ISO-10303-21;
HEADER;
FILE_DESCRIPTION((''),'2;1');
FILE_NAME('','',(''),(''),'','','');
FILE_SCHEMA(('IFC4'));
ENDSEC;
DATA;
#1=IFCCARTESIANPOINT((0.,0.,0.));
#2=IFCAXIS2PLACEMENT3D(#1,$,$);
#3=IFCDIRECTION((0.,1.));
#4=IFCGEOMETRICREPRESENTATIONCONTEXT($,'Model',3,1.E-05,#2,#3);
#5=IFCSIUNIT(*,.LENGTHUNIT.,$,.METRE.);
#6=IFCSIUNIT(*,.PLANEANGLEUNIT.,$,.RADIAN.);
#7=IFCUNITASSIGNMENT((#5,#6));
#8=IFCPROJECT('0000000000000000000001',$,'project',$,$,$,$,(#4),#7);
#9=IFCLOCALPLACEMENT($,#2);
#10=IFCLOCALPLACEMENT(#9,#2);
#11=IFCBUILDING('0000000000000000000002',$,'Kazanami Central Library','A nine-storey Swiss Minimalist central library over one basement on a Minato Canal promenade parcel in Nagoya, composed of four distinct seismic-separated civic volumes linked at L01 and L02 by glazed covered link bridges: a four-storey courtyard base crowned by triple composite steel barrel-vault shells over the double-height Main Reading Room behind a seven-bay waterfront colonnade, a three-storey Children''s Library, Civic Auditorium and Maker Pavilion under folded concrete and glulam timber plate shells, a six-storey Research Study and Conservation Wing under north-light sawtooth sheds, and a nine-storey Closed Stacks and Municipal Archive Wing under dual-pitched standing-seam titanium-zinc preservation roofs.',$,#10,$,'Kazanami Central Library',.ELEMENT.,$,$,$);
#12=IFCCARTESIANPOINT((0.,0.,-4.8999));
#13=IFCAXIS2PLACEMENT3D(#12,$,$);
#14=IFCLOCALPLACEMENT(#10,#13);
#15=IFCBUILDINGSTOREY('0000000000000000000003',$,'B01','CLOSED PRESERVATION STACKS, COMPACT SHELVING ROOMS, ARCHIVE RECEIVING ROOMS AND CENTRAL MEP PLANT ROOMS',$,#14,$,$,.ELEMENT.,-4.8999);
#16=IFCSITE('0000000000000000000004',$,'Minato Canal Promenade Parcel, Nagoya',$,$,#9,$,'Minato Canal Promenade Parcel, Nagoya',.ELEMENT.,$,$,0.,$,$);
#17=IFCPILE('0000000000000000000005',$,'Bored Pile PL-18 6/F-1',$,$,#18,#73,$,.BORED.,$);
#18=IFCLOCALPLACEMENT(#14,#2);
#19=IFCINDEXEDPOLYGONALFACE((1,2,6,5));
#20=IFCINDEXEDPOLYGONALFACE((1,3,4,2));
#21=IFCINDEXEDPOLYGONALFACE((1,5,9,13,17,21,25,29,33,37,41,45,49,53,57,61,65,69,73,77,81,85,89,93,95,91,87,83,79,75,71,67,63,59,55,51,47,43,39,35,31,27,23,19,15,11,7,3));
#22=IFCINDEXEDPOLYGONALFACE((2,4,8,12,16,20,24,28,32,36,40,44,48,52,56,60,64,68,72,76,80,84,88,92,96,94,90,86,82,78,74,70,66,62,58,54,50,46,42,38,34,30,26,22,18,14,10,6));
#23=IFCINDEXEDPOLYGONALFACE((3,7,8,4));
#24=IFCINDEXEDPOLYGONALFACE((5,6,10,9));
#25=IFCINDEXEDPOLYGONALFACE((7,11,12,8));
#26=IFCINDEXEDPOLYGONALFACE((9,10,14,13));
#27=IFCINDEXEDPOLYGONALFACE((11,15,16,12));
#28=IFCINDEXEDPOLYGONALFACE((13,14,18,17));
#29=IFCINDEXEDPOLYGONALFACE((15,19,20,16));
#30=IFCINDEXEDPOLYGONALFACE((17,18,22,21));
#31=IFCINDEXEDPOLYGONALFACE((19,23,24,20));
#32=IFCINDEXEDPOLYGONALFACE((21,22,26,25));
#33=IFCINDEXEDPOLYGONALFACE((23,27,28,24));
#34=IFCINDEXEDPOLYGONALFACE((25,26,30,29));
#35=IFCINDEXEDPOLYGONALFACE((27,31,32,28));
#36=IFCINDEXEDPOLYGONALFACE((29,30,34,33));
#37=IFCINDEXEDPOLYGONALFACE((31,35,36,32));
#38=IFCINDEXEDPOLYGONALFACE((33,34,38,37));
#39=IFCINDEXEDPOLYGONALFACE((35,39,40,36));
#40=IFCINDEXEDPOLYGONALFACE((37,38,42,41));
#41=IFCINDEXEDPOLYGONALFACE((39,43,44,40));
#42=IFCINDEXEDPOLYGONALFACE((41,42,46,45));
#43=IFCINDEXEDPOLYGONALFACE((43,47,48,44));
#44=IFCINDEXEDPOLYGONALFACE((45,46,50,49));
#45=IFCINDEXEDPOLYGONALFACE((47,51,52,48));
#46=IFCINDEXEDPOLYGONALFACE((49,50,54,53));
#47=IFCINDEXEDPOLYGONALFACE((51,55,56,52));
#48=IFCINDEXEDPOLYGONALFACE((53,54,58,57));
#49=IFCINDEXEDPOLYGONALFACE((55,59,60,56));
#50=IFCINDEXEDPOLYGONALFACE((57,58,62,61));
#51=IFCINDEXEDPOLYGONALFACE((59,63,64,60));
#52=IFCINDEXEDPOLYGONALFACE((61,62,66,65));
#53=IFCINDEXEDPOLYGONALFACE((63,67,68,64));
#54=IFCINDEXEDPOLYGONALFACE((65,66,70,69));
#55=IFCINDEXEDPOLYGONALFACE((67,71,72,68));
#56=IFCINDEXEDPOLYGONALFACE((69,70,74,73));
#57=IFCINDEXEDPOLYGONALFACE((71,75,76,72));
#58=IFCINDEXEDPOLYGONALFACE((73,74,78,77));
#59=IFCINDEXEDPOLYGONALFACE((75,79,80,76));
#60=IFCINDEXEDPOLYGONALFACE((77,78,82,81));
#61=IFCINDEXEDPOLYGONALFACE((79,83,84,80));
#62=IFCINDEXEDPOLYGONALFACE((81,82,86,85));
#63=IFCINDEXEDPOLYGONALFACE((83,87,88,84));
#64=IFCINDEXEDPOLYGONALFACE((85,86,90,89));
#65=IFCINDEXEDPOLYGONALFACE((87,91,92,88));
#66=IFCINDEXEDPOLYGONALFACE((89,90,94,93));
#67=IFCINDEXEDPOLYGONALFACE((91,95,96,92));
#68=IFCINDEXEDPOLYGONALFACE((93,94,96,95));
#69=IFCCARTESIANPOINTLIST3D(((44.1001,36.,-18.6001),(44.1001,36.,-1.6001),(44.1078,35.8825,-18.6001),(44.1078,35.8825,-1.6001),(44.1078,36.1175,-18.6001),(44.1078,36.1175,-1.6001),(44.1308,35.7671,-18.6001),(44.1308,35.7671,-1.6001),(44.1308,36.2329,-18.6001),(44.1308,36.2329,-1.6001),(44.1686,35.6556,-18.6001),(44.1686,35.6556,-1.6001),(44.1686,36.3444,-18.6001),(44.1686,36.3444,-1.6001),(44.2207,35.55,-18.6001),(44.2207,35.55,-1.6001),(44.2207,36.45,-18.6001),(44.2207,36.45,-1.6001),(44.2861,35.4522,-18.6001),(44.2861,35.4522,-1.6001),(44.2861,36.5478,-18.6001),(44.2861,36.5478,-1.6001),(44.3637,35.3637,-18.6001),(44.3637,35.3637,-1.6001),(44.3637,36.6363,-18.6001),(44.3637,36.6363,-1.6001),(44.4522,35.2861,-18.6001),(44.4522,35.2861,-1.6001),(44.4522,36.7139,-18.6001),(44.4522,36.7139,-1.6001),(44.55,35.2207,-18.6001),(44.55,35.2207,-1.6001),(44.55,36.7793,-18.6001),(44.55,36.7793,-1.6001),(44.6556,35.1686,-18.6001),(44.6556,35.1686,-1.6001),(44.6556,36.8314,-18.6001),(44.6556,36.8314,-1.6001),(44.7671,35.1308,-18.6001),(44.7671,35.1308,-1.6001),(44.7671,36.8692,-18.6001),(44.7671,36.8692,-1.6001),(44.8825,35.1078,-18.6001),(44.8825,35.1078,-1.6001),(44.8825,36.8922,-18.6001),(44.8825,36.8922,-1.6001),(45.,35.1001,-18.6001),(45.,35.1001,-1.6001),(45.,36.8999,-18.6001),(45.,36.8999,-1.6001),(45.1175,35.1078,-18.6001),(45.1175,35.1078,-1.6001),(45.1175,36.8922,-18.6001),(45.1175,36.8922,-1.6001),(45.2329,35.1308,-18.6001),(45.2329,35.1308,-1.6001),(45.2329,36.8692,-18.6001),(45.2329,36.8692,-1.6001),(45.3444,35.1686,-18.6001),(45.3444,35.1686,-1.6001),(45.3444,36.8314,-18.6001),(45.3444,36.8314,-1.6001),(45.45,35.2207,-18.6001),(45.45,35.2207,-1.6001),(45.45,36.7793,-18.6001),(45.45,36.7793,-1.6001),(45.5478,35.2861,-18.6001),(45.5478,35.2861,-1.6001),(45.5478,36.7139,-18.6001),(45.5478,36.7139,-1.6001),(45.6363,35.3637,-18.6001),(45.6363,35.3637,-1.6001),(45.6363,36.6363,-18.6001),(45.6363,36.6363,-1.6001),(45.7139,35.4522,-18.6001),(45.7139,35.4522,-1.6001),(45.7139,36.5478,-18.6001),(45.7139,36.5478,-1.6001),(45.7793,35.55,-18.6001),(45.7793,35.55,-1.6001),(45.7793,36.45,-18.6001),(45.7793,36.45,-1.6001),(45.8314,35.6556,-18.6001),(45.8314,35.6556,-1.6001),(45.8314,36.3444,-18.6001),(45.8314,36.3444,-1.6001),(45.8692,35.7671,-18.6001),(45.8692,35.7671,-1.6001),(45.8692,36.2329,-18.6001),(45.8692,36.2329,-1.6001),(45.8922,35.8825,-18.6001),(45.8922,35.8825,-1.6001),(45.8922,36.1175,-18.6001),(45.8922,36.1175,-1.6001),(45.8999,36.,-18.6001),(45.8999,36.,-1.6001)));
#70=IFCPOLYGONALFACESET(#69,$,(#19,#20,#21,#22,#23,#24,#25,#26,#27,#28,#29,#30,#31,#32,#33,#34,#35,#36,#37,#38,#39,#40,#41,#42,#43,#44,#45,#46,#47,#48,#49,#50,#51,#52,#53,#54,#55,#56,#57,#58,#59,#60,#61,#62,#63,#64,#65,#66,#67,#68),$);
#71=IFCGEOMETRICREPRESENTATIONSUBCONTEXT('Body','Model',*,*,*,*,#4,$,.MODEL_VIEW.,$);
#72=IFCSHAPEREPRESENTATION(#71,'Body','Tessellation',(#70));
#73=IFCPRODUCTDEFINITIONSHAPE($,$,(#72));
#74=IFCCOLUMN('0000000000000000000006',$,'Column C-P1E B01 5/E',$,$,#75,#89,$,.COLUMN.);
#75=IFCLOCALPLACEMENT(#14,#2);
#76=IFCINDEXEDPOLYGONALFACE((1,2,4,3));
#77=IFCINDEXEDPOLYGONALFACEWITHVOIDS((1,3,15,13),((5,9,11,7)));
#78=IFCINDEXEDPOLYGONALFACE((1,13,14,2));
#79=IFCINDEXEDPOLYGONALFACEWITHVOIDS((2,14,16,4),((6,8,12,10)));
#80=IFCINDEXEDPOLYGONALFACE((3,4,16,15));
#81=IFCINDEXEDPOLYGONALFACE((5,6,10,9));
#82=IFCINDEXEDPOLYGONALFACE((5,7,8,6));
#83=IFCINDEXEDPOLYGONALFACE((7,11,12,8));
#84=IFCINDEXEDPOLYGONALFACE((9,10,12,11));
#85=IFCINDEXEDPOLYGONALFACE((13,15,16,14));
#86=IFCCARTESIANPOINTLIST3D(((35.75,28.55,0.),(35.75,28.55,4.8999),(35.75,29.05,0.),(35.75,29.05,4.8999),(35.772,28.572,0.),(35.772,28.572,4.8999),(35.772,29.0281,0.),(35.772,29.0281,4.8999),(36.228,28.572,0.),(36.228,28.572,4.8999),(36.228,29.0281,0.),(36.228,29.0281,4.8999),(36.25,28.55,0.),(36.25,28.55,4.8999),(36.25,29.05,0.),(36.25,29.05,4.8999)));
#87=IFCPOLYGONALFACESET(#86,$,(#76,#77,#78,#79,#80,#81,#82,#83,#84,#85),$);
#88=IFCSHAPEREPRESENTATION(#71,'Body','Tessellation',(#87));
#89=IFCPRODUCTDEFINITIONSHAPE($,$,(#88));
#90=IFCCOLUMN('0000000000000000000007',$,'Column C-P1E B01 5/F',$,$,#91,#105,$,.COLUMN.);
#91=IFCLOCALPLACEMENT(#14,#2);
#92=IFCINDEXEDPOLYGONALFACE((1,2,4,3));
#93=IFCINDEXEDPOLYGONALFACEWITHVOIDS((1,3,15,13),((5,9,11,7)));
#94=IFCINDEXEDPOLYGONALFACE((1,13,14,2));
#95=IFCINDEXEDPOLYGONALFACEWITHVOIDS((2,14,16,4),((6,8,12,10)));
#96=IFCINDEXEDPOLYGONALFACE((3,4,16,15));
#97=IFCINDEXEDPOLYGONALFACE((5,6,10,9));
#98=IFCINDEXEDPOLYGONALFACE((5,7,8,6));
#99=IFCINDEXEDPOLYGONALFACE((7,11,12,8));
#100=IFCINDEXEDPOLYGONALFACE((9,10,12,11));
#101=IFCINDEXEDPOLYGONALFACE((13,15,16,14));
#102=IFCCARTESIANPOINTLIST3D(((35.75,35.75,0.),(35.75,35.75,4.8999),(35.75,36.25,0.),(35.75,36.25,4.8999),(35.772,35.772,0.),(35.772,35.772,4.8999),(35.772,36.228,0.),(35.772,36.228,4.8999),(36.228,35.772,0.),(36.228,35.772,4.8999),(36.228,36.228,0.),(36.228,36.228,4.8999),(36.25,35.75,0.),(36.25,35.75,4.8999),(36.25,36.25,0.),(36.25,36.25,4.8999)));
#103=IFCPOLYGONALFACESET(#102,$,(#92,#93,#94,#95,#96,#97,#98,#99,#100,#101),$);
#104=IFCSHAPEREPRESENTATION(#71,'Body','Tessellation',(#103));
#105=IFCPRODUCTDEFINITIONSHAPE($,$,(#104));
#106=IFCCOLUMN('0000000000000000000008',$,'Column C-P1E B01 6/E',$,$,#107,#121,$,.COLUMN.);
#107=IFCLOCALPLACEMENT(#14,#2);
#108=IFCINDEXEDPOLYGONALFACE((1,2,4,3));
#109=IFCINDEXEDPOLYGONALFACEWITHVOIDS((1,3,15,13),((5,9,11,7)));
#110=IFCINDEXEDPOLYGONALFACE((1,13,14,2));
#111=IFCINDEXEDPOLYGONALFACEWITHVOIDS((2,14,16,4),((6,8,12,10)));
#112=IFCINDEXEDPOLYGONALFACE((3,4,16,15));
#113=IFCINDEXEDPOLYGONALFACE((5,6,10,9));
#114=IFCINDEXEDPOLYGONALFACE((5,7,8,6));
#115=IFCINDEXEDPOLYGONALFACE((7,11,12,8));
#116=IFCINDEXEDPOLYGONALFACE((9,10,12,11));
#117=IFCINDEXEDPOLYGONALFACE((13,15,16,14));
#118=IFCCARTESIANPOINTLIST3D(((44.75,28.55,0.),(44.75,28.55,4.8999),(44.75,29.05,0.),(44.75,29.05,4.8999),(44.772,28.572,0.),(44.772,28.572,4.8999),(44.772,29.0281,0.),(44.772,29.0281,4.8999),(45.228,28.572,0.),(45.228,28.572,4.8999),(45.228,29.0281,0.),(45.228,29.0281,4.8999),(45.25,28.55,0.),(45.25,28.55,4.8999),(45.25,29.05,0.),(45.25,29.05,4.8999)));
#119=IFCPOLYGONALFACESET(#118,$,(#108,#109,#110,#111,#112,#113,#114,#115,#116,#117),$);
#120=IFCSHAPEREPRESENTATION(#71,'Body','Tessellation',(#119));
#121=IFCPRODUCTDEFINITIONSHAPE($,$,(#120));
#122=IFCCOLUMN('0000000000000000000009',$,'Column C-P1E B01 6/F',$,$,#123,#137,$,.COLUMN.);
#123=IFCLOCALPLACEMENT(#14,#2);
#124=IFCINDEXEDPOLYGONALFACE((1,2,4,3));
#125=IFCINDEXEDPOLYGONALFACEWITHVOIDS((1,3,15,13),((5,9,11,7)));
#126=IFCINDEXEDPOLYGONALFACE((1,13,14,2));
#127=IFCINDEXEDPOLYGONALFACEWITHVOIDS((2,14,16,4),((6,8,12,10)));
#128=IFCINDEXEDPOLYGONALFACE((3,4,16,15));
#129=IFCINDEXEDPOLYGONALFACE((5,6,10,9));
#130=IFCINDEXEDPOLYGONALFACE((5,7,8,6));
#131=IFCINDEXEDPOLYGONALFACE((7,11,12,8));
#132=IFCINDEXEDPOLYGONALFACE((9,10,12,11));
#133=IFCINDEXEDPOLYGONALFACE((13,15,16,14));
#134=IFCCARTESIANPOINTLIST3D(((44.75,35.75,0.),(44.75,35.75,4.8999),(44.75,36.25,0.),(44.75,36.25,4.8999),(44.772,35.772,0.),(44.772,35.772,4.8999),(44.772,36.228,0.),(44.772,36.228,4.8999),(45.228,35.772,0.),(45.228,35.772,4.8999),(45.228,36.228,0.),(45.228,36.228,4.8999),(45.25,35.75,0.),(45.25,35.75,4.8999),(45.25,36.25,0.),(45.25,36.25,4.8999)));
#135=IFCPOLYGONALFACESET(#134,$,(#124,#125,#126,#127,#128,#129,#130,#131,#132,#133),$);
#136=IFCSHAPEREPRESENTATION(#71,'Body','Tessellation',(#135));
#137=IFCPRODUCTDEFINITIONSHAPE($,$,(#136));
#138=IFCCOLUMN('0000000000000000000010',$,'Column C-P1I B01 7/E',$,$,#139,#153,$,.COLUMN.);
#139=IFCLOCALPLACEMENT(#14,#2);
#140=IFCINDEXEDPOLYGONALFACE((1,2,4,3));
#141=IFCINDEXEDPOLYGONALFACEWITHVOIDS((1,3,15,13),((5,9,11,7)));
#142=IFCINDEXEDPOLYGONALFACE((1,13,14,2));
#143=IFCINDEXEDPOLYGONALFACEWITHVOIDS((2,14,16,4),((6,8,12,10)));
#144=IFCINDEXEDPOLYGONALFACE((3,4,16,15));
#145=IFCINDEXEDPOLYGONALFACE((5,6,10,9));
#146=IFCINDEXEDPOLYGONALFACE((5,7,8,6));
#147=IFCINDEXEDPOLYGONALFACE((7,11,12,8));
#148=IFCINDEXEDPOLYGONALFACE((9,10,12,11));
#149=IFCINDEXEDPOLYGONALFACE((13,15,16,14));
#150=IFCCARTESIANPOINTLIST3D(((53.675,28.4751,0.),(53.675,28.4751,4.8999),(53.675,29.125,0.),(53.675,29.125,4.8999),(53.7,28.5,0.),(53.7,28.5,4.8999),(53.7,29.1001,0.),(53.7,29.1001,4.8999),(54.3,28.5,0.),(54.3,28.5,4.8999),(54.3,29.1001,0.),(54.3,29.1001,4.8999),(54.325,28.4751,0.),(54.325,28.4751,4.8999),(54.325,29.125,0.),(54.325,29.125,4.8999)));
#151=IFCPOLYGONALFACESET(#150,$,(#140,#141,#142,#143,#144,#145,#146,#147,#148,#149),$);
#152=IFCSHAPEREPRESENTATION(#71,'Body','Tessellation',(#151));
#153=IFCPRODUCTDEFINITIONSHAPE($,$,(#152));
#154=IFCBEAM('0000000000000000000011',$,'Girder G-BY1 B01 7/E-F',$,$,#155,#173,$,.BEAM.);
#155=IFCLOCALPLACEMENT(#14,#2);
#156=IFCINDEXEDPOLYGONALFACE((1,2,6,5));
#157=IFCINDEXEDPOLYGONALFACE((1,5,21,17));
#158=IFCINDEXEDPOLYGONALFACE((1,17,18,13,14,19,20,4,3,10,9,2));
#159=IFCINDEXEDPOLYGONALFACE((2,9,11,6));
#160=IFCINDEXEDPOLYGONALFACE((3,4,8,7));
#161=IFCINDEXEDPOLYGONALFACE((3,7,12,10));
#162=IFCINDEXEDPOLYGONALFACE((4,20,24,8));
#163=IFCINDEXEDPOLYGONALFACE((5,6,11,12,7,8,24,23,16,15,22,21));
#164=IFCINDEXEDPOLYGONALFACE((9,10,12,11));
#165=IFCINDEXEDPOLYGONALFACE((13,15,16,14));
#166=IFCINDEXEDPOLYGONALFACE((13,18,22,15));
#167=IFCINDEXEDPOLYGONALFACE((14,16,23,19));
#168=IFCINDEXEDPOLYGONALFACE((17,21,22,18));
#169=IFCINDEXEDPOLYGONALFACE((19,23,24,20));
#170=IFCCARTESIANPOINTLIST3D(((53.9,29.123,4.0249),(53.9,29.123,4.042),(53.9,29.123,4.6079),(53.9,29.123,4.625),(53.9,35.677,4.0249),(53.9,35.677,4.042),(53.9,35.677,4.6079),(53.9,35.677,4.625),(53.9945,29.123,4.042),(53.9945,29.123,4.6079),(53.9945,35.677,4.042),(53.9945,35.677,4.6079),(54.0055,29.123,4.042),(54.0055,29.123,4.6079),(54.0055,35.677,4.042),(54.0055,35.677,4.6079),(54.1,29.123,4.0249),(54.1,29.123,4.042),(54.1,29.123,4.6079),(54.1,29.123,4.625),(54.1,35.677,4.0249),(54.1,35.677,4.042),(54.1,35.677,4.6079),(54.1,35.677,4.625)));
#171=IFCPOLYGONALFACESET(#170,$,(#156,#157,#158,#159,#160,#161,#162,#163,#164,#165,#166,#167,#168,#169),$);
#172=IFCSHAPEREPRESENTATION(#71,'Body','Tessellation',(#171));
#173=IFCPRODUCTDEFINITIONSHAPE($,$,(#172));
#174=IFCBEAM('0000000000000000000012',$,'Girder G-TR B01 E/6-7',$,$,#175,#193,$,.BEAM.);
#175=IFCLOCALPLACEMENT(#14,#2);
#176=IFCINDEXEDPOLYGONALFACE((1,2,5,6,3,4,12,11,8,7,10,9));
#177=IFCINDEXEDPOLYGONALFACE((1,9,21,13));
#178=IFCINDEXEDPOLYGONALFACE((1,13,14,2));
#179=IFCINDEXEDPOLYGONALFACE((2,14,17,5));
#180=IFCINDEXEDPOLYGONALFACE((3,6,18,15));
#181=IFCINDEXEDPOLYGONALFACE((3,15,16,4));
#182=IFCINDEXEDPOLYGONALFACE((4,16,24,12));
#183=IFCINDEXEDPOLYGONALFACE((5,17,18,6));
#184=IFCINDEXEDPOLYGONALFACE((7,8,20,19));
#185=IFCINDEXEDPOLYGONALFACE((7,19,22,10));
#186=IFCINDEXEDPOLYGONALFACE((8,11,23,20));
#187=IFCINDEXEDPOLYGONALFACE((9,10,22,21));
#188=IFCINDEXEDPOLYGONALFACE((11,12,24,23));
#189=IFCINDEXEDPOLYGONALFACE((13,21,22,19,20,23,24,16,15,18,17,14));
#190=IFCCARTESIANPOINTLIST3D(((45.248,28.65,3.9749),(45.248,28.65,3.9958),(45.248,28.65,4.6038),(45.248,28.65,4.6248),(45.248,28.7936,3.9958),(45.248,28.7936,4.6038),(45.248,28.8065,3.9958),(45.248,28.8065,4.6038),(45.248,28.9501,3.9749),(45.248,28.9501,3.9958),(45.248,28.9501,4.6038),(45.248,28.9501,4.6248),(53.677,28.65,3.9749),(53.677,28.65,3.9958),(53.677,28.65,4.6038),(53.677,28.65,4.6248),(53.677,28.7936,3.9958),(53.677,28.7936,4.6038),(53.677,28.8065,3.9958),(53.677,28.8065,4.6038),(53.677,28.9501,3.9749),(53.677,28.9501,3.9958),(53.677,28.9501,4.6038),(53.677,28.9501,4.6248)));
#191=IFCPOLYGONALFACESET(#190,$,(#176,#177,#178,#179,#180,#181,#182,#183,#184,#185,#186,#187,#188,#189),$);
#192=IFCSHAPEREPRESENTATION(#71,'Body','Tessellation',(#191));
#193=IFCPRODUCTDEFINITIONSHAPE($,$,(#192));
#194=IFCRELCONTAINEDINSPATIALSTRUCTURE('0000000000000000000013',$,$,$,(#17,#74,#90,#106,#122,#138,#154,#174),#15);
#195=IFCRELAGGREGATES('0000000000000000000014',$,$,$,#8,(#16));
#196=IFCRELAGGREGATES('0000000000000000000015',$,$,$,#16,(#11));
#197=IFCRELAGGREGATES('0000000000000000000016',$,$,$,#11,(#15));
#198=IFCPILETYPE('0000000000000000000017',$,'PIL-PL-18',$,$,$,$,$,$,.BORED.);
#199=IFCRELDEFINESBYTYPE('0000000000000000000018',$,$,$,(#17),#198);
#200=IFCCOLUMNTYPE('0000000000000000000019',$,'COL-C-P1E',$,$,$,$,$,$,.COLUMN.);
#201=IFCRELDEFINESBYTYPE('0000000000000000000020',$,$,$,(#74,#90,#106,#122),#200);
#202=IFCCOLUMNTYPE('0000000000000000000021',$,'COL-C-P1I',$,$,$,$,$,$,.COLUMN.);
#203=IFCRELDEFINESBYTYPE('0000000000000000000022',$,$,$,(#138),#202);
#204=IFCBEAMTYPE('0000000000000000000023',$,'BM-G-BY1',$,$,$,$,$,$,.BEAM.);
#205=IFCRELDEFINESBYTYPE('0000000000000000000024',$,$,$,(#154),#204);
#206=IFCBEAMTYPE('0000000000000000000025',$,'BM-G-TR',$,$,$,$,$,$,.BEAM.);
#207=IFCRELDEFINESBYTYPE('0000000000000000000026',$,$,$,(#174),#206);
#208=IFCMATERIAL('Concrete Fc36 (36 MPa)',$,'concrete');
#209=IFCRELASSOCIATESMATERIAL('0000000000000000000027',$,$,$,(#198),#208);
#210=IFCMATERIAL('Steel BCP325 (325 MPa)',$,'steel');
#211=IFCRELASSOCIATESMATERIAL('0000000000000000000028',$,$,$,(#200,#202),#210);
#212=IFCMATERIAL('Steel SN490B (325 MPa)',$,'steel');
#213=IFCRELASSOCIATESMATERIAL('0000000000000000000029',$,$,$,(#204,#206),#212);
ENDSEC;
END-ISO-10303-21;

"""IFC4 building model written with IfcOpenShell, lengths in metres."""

from ifc_helpers import new_model, si_unit, direction, frame, origin, origin_2d, place, context, subcontext, project, spatial, hollow_rectangle, circle, i_section, extrude, material, material_profile, profile_set, type_object, element, save


model = new_model("IFC4")

# Units and contexts
model_context = context("Model", 3, precision=1e-05, world=origin(), true_north=direction((0.0, 1.0)))
body_context = subcontext(model_context, "Body", "Model", "MODEL_VIEW")
ifc_project = project(units=[si_unit("LENGTHUNIT", "METRE"), si_unit("PLANEANGLEUNIT", "RADIAN")], contexts=[model_context])

# Site, building, storey
site_placement = place(None, origin())
site = spatial("IfcSite", under=ifc_project, at=site_placement, Name="Minato Canal Promenade Parcel, Nagoya", LongName="Minato Canal Promenade Parcel, Nagoya", CompositionType="ELEMENT", RefElevation=0.0)
building_placement = place(site_placement, origin())
building = spatial("IfcBuilding", under=site, at=building_placement, Name="Kazanami Central Library", Description="A nine-storey Swiss Minimalist central library over one basement on a Minato Canal promenade parcel in Nagoya, composed of four distinct seismic-separated civic volumes linked at L01 and L02 by glazed covered link bridges: a four-storey courtyard base crowned by triple composite steel barrel-vault shells over the double-height Main Reading Room behind a seven-bay waterfront colonnade, a three-storey Children's Library, Civic Auditorium and Maker Pavilion under folded concrete and glulam timber plate shells, a six-storey Research Study and Conservation Wing under north-light sawtooth sheds, and a nine-storey Closed Stacks and Municipal Archive Wing under dual-pitched standing-seam titanium-zinc preservation roofs.", LongName="Kazanami Central Library", CompositionType="ELEMENT")
storey_placement = place(building_placement, frame((0.0, 0.0, -4.8999)))
storey = spatial("IfcBuildingStorey", under=building, at=storey_placement, Name="B01", Description="CLOSED PRESERVATION STACKS, COMPACT SHELVING ROOMS, ARCHIVE RECEIVING ROOMS AND CENTRAL MEP PLANT ROOMS", CompositionType="ELEMENT", Elevation=-4.8999)

# Shared definitions
ifc_material_1 = material(Name="Concrete Fc36 (36 MPa)", Category="concrete")

# Pile
ifc_material_profile_1 = material_profile(ifc_material_1, circle(Radius=0.8999, at=origin_2d()), Name="BORED-D1800")
ifc_profile_set_1 = profile_set([ifc_material_profile_1], Name="Concrete Fc36 (36 MPa)")
pile_type_1 = type_object("IfcPileType", Name="PIL-PL-18", PredefinedType="BORED", material=ifc_profile_set_1)
for number, where, z_axis, x_axis, name in (
    (1, (45.0, 36.0, -1.6001), (0.0, 0.0, -1.0), (1.0, 0.0, 0.0), "Bored Pile PL-18 6/F-1"),
):
    element("IfcPile", number, at=place(storey_placement, frame(where, z_axis=z_axis, x_axis=x_axis)), inside=storey, type_object=pile_type_1, Name=name, PredefinedType="BORED", context=body_context, shape_type="SweptSolid", body=[
        extrude(circle(Radius=0.8999, at=origin_2d()), origin(), (0.0, 0.0, 1.0), 17.0),
    ])

# Columns
ifc_material_2 = material(Name="Steel BCP325 (325 MPa)", Category="steel")
ifc_material_profile_2 = material_profile(ifc_material_2, hollow_rectangle(XDim=0.5, YDim=0.5, WallThickness=0.022, at=origin_2d()), Name="BCP-500x500x22")
ifc_profile_set_2 = profile_set([ifc_material_profile_2], Name="Steel BCP325 (325 MPa)")
column_type_1 = type_object("IfcColumnType", Name="COL-C-P1E", PredefinedType="COLUMN", material=ifc_profile_set_2)
for number, where, z_axis, x_axis, name in (
    (2, (36.0, 28.8, 0.0), (0.0, 0.0, 1.0), (1.0, 0.0, 0.0), "Column C-P1E B01 5/E"),
    (3, (36.0, 36.0, 0.0), (0.0, 0.0, 1.0), (1.0, 0.0, 0.0), "Column C-P1E B01 5/F"),
    (4, (45.0, 28.8, 0.0), (0.0, 0.0, 1.0), (1.0, 0.0, 0.0), "Column C-P1E B01 6/E"),
    (5, (45.0, 36.0, 0.0), (0.0, 0.0, 1.0), (1.0, 0.0, 0.0), "Column C-P1E B01 6/F"),
):
    element("IfcColumn", number, at=place(storey_placement, frame(where, z_axis=z_axis, x_axis=x_axis)), inside=storey, type_object=column_type_1, Name=name, PredefinedType="COLUMN", context=body_context, shape_type="SweptSolid", body=[
        extrude(hollow_rectangle(XDim=0.5, YDim=0.5, WallThickness=0.022, at=origin_2d()), origin(), (0.0, 0.0, 1.0), 4.8999),
    ])
ifc_material_profile_3 = material_profile(ifc_material_2, hollow_rectangle(XDim=0.6499, YDim=0.6499, WallThickness=0.0249, at=origin_2d()), Name="BCP-650x650x25")
ifc_profile_set_3 = profile_set([ifc_material_profile_3], Name="Steel BCP325 (325 MPa)")
column_type_2 = type_object("IfcColumnType", Name="COL-C-P1I", PredefinedType="COLUMN", material=ifc_profile_set_3)
column_placement = place(storey_placement, frame((54.0, 28.8, 0.0), z_axis=(0.0, 0.0, 1.0), x_axis=(1.0, 0.0, 0.0)))
element("IfcColumn", 6, at=column_placement, inside=storey, type_object=column_type_2, Name="Column C-P1I B01 7/E", PredefinedType="COLUMN", context=body_context, shape_type="SweptSolid", body=[
    extrude(hollow_rectangle(XDim=0.6499, YDim=0.6499, WallThickness=0.0249, at=origin_2d()), origin(), (0.0, 0.0, 1.0), 4.8999),
])

# Beams
ifc_material_3 = material(Name="Steel SN490B (325 MPa)", Category="steel")
ifc_material_profile_4 = material_profile(ifc_material_3, i_section(OverallWidth=0.2, OverallDepth=0.6001, WebThickness=0.011, FlangeThickness=0.0171, at=origin_2d()), Name="H-600x200x11x17")
ifc_profile_set_4 = profile_set([ifc_material_profile_4], Name="Steel SN490B (325 MPa)")
beam_type_1 = type_object("IfcBeamType", Name="BM-G-BY1", PredefinedType="BEAM", material=ifc_profile_set_4)
beam_1_placement = place(storey_placement, frame((54.0, 29.123, 4.325), z_axis=(0.0, 1.0, 0.0), x_axis=(-1.0, 0.0, 0.0)))
element("IfcBeam", 7, at=beam_1_placement, inside=storey, type_object=beam_type_1, Name="Girder G-BY1 B01 7/E-F", PredefinedType="BEAM", context=body_context, shape_type="SweptSolid", body=[
    extrude(i_section(OverallWidth=0.2, OverallDepth=0.6001, WebThickness=0.011, FlangeThickness=0.0171, at=origin_2d()), origin(), (0.0, 0.0, 1.0), 6.554),
])
ifc_material_profile_5 = material_profile(ifc_material_3, i_section(OverallWidth=0.3, OverallDepth=0.6499, WebThickness=0.0129, FlangeThickness=0.021, at=origin_2d()), Name="H-650x300x13x21")
ifc_profile_set_5 = profile_set([ifc_material_profile_5], Name="Steel SN490B (325 MPa)")
beam_type_2 = type_object("IfcBeamType", Name="BM-G-TR", PredefinedType="BEAM", material=ifc_profile_set_5)
for number, where, z_axis, x_axis, name in (
    (8, (45.248, 28.8, 4.2998), (1.0, 0.0, 0.0), (0.0, 1.0, 0.0), "Girder G-TR B01 E/6-7"),
):
    element("IfcBeam", number, at=place(storey_placement, frame(where, z_axis=z_axis, x_axis=x_axis)), inside=storey, type_object=beam_type_2, Name=name, PredefinedType="BEAM", context=body_context, shape_type="SweptSolid", body=[
        extrude(i_section(OverallWidth=0.3, OverallDepth=0.6499, WebThickness=0.0129, FlangeThickness=0.021, at=origin_2d()), origin(), (0.0, 0.0, 1.0), 8.429),
    ])

save(model, "model.ifc")
